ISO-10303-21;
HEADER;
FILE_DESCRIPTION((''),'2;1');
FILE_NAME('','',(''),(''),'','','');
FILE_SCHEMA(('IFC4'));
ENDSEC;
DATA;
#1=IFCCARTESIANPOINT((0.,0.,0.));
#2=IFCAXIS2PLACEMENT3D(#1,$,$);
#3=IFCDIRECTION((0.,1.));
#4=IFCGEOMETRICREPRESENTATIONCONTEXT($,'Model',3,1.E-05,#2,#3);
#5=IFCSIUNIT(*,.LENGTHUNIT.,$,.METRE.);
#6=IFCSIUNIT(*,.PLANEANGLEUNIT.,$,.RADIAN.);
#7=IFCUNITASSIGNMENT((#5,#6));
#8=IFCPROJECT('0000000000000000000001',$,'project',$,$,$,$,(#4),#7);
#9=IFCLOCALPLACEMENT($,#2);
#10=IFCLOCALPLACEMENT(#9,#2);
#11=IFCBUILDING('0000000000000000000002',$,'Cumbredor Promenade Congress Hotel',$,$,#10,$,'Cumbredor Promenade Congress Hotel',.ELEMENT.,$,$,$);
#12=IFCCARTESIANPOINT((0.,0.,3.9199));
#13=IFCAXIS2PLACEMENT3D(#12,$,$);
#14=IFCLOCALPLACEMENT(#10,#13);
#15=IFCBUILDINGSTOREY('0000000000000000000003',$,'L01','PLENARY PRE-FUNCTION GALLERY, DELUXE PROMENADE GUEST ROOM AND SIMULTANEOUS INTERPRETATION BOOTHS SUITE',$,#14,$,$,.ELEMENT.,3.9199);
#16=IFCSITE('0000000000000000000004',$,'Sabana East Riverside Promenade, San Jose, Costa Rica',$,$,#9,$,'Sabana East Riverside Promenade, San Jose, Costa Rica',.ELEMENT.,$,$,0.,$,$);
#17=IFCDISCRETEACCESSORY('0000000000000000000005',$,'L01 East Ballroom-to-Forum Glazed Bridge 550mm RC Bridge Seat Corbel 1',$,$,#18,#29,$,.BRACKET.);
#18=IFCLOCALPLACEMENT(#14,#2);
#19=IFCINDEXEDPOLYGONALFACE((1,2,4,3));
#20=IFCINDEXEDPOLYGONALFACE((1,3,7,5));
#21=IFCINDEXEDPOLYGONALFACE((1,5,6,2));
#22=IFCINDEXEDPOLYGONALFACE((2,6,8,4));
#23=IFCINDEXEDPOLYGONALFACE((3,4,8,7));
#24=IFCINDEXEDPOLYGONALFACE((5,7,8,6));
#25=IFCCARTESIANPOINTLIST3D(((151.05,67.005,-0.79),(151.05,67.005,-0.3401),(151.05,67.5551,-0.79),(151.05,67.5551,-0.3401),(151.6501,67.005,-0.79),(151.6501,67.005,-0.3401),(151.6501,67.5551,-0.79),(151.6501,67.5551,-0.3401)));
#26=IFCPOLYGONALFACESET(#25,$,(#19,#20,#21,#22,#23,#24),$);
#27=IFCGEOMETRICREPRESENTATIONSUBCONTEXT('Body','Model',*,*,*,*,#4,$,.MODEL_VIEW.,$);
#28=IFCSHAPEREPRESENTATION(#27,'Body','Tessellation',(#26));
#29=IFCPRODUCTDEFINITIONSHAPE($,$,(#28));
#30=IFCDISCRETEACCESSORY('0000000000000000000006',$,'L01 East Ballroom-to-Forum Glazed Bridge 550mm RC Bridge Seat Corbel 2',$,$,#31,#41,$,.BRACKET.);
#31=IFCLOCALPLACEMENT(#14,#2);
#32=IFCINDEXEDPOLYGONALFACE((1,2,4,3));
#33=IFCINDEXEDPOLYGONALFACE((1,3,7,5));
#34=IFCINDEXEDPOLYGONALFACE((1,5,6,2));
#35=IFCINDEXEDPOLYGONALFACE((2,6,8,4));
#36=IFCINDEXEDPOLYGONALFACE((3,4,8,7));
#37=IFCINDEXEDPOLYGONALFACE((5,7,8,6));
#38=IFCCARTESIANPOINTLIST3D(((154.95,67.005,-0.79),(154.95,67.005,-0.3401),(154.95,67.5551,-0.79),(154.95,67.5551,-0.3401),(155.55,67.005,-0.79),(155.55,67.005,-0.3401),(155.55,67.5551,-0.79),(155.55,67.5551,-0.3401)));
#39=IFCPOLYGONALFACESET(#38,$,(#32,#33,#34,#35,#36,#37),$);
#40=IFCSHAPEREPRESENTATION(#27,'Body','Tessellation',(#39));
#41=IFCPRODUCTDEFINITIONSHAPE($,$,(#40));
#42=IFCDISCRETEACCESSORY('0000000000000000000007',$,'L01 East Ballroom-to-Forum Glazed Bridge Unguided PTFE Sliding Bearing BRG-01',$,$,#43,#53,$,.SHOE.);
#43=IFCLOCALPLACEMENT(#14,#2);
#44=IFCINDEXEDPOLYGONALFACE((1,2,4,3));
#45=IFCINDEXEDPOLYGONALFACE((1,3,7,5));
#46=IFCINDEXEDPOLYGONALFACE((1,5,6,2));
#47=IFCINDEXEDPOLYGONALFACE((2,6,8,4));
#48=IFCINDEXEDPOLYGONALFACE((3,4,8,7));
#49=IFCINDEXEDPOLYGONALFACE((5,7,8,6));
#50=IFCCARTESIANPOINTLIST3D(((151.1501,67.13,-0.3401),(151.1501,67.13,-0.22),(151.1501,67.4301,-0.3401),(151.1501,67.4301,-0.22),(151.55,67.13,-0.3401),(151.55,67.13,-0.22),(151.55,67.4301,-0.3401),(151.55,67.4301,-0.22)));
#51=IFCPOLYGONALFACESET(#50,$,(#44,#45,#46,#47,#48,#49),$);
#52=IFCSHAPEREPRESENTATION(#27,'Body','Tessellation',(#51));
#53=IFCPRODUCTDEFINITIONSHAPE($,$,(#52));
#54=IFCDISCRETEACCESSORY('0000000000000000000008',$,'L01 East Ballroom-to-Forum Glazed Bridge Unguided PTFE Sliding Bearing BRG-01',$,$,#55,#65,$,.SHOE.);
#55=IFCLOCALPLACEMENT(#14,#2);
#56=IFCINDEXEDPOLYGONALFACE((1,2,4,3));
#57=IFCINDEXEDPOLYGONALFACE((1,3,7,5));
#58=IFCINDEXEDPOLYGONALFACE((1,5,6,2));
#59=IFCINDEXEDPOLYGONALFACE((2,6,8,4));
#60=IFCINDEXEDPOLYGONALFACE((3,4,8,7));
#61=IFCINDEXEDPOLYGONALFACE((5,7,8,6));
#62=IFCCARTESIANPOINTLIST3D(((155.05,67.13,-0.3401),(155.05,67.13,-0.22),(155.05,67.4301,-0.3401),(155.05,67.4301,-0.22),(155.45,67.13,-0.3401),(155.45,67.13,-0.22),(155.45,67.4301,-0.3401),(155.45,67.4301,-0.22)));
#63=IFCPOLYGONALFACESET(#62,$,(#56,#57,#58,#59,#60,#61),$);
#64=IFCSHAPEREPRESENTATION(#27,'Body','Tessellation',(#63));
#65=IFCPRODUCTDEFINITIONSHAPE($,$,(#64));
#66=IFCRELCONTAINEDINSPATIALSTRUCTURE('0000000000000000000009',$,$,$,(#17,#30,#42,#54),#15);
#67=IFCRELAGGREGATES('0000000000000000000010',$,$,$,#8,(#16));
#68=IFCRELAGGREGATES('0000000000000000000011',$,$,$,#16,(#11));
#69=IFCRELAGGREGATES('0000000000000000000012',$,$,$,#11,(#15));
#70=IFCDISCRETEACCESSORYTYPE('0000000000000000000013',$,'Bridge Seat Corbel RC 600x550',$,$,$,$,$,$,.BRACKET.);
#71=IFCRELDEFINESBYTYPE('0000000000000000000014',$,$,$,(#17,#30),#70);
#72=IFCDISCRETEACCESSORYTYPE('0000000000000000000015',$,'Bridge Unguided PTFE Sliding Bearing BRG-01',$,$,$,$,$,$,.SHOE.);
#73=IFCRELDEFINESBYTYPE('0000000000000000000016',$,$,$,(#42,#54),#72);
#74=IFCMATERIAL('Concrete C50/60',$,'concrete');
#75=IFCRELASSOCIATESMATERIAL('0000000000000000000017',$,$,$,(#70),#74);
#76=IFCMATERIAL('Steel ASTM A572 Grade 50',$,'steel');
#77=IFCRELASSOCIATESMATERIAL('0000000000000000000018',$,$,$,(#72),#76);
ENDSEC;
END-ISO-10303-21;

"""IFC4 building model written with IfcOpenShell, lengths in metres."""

from ifc_helpers import new_model, si_unit, direction, frame, origin, origin_2d, place, context, subcontext, project, spatial, rectangle, extrude, material, type_object, element, save


model = new_model("IFC4")

# Units and contexts
model_context = context("Model", 3, precision=1e-05, world=origin(), true_north=direction((0.0, 1.0)))
body_context = subcontext(model_context, "Body", "Model", "MODEL_VIEW")
ifc_project = project(units=[si_unit("LENGTHUNIT", "METRE"), si_unit("PLANEANGLEUNIT", "RADIAN")], contexts=[model_context])

# Site, building, storey
site_placement = place(None, origin())
site = spatial("IfcSite", under=ifc_project, at=site_placement, Name="Sabana East Riverside Promenade, San Jose, Costa Rica", LongName="Sabana East Riverside Promenade, San Jose, Costa Rica", CompositionType="ELEMENT", RefElevation=0.0)
building_placement = place(site_placement, origin())
building = spatial("IfcBuilding", under=site, at=building_placement, Name="Cumbredor Promenade Congress Hotel", LongName="Cumbredor Promenade Congress Hotel", CompositionType="ELEMENT")
storey_placement = place(building_placement, frame((0.0, 0.0, 3.9199)))
storey = spatial("IfcBuildingStorey", under=building, at=storey_placement, Name="L01", Description="PLENARY PRE-FUNCTION GALLERY, DELUXE PROMENADE GUEST ROOM AND SIMULTANEOUS INTERPRETATION BOOTHS SUITE", CompositionType="ELEMENT", Elevation=3.9199)

# Shared definitions
ifc_material_1 = material(Name="Steel ASTM A572 Grade 50", Category="steel")

# Discrete accessories
ifc_material_2 = material(Name="Concrete C50/60", Category="concrete")
discrete_accessory_type_1 = type_object("IfcDiscreteAccessoryType", Name="Bridge Seat Corbel RC 600x550", PredefinedType="BRACKET", material=ifc_material_2)
for number, where, z_axis, x_axis, name in (
    (1, (151.3501, 67.28, -0.79), (0.0, 0.0, 1.0), (0.0, 1.0, 0.0), "L01 East Ballroom-to-Forum Glazed Bridge 550mm RC Bridge Seat Corbel 1"),
    (2, (155.25, 67.28, -0.79), (0.0, 0.0, 1.0), (0.0, 1.0, 0.0), "L01 East Ballroom-to-Forum Glazed Bridge 550mm RC Bridge Seat Corbel 2"),
):
    element("IfcDiscreteAccessory", number, at=place(storey_placement, frame(where, z_axis=z_axis, x_axis=x_axis)), inside=storey, type_object=discrete_accessory_type_1, Name=name, PredefinedType="BRACKET", context=body_context, shape_type="SweptSolid", body=[
        extrude(rectangle(XDim=0.55, YDim=0.6001, at=origin_2d()), origin(), (0.0, 0.0, 1.0), 0.45),
    ])
discrete_accessory_type_2 = type_object("IfcDiscreteAccessoryType", Name="Bridge Unguided PTFE Sliding Bearing BRG-01", PredefinedType="SHOE", material=ifc_material_1)
for number, where, z_axis, x_axis, name in (
    (3, (151.3501, 67.28, -0.3401), (0.0, 0.0, 1.0), (0.0, 1.0, 0.0), "L01 East Ballroom-to-Forum Glazed Bridge Unguided PTFE Sliding Bearing BRG-01"),
    (4, (155.25, 67.28, -0.3401), (0.0, 0.0, 1.0), (0.0, 1.0, 0.0), "L01 East Ballroom-to-Forum Glazed Bridge Unguided PTFE Sliding Bearing BRG-01"),
):
    element("IfcDiscreteAccessory", number, at=place(storey_placement, frame(where, z_axis=z_axis, x_axis=x_axis)), inside=storey, type_object=discrete_accessory_type_2, Name=name, PredefinedType="SHOE", context=body_context, shape_type="SweptSolid", body=[
        extrude(rectangle(XDim=0.3, YDim=0.3999, at=origin_2d()), origin(), (0.0, 0.0, 1.0), 0.1201),
    ])

save(model, "model.ifc")
